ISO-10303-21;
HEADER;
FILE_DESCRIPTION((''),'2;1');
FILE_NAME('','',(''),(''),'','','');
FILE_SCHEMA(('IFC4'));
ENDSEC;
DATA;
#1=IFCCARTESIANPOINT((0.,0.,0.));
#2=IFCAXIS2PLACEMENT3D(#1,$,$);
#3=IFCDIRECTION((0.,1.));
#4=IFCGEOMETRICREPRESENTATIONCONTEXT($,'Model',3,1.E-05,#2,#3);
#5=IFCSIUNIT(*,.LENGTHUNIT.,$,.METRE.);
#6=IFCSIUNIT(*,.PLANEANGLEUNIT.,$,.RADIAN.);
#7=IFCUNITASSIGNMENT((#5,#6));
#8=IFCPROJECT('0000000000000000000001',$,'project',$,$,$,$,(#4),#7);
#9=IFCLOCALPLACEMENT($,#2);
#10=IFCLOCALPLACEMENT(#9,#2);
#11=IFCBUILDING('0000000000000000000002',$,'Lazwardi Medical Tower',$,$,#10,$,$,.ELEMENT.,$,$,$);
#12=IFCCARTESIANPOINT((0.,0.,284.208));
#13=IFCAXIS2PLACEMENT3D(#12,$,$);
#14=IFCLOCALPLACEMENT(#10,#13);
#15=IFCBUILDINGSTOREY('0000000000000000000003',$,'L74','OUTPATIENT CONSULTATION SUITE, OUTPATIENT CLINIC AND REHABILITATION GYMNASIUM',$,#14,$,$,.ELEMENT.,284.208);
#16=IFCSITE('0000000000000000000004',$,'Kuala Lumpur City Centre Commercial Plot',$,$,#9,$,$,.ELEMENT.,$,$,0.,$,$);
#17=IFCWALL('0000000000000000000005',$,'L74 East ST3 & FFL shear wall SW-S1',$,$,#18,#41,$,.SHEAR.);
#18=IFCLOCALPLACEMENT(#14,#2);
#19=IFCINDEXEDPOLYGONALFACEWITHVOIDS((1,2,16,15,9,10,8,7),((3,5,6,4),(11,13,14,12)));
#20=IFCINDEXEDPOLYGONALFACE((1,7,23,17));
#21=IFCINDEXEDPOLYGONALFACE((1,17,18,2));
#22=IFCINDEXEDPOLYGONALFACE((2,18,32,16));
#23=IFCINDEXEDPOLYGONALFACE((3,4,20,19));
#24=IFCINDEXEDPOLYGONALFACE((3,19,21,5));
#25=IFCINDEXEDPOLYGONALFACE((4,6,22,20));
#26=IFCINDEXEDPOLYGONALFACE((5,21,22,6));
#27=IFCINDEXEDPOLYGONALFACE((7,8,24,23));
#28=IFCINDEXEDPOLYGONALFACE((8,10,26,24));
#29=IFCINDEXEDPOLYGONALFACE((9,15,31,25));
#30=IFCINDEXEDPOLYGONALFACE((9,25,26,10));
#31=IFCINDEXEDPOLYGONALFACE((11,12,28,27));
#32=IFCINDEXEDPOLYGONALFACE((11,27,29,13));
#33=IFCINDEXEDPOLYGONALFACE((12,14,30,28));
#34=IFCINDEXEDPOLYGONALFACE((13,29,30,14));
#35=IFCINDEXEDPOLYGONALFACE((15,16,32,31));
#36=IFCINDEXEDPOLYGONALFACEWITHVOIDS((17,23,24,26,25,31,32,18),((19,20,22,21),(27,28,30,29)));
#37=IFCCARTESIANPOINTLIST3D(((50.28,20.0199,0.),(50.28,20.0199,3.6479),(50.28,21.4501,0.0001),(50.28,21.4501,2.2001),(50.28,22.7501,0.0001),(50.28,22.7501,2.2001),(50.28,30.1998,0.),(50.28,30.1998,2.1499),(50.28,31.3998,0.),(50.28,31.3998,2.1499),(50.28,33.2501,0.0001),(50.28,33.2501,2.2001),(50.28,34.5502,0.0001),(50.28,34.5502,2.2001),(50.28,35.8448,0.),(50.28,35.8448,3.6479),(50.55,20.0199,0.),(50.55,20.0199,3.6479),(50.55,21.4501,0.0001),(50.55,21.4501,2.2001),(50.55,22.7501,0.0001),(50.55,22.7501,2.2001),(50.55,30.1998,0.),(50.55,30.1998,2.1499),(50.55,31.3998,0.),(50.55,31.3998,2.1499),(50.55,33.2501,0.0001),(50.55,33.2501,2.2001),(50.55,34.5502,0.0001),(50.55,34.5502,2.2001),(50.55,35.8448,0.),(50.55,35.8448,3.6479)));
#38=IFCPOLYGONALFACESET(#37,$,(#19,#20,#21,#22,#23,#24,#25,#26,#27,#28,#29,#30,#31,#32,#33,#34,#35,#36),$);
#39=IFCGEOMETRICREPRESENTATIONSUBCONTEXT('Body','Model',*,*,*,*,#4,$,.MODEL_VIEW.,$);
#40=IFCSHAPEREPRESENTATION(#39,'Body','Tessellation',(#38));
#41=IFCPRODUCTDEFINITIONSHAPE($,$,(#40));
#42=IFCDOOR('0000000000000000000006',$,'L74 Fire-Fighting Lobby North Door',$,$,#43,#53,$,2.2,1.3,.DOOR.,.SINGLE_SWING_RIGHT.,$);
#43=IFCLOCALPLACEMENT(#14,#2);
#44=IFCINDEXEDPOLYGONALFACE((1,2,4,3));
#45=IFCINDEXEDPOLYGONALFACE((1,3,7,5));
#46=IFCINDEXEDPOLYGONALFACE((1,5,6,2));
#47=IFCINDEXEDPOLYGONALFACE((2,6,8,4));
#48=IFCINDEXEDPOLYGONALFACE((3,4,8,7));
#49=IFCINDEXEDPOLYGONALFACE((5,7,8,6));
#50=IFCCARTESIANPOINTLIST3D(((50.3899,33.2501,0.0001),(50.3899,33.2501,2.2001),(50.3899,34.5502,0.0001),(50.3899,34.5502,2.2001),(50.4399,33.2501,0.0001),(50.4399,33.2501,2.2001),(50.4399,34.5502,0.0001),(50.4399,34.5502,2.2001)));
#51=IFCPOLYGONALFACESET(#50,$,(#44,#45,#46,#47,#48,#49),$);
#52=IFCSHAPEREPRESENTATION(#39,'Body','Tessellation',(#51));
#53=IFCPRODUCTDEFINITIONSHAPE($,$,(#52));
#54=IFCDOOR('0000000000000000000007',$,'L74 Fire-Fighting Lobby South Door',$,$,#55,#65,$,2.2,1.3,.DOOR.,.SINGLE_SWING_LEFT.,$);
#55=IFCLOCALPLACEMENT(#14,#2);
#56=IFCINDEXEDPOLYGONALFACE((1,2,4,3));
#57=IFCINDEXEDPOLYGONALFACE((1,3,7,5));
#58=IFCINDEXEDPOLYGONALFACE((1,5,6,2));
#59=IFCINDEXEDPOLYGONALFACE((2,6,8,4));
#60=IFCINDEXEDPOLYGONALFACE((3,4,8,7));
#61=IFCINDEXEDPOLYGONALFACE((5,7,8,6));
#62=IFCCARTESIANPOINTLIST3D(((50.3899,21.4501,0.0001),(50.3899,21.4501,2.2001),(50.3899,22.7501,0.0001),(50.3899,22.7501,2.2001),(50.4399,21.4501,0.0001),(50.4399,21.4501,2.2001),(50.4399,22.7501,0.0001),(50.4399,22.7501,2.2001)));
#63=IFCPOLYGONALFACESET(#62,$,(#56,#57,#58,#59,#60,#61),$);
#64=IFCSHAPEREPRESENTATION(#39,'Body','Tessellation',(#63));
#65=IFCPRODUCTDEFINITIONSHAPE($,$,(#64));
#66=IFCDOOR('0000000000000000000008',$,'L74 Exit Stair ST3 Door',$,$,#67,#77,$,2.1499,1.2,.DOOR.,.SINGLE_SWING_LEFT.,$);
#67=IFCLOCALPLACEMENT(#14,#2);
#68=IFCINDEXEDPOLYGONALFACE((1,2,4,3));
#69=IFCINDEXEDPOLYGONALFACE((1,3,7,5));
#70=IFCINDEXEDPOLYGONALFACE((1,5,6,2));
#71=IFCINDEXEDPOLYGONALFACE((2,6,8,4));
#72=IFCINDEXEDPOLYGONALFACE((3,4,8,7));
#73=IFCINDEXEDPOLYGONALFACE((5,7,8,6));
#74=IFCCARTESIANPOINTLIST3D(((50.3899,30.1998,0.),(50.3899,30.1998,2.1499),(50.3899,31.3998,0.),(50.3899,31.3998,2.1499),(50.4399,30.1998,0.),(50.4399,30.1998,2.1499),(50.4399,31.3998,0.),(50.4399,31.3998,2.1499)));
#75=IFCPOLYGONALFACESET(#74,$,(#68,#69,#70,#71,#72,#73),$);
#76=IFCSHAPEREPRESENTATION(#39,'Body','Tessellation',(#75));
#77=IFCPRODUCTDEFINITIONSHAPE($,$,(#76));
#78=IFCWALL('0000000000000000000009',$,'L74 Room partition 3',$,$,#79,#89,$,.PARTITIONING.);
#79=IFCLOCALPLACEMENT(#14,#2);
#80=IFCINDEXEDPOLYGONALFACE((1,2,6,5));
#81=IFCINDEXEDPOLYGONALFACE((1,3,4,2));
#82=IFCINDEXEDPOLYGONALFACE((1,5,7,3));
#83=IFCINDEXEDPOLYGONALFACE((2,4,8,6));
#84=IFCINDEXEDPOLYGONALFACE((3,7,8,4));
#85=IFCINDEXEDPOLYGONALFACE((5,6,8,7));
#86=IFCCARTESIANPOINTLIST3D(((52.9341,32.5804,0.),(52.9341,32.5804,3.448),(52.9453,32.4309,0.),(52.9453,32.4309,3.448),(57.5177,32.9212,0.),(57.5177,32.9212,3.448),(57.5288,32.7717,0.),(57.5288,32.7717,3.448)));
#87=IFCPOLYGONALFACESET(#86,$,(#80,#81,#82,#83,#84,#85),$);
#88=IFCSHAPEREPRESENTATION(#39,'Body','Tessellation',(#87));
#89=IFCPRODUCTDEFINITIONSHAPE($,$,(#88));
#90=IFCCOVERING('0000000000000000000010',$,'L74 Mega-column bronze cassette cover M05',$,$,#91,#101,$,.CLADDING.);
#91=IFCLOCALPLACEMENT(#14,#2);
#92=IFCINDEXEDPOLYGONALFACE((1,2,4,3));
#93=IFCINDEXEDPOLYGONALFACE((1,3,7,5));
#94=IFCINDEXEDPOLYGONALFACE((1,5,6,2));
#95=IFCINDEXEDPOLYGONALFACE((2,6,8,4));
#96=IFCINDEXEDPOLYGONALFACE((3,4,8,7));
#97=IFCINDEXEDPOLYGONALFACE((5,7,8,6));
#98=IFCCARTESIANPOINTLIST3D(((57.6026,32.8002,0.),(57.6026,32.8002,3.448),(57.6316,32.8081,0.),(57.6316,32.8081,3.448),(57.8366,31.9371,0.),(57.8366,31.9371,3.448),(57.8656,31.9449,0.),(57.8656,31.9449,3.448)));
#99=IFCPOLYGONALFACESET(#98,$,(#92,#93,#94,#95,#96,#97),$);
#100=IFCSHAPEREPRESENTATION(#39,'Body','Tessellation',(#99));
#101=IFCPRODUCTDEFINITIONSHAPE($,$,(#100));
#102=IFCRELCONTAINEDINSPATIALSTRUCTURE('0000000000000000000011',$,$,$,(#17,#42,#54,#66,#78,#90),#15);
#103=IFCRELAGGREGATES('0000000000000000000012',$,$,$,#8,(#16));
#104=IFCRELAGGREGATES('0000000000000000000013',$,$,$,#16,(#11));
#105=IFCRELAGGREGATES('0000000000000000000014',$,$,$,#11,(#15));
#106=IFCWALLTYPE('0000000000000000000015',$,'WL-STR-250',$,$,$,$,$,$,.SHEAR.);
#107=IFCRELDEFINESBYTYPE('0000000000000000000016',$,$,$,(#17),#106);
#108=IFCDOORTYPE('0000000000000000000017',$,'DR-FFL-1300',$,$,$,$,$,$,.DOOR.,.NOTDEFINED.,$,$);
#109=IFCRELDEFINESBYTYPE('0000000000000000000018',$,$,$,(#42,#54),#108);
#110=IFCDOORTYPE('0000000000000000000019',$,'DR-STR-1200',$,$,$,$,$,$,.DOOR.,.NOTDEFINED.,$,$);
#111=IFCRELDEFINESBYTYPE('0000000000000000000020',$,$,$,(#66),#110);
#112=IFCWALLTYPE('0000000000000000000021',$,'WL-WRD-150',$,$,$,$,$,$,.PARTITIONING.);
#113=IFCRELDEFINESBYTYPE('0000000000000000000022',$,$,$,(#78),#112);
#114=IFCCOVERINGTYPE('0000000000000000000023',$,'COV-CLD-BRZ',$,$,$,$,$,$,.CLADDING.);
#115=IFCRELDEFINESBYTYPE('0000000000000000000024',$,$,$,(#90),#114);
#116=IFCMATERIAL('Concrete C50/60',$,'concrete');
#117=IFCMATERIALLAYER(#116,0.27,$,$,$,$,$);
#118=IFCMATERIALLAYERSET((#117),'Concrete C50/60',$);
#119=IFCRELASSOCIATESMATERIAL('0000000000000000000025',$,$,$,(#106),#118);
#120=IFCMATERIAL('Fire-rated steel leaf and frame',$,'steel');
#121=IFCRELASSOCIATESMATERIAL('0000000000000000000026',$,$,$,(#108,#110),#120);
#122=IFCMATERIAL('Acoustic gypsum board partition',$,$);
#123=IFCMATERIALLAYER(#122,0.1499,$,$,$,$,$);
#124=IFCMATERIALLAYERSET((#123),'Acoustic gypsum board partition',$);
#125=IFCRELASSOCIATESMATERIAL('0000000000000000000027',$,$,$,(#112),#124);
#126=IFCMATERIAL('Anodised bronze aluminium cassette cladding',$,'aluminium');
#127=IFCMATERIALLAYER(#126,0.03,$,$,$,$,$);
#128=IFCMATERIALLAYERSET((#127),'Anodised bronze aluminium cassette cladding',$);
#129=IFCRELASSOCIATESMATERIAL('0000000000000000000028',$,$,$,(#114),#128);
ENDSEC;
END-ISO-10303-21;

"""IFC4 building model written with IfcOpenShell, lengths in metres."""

from ifc_helpers import new_model, si_unit, direction, frame, frame_2d, origin, origin_2d, place, context, subcontext, project, spatial, rectangle, extrude, material, layer, layer_set, type_object, element, fill, save


model = new_model("IFC4")

# Units and contexts
model_context = context("Model", 3, precision=1e-05, world=origin(), true_north=direction((0.0, 1.0)))
body_context = subcontext(model_context, "Body", "Model", "MODEL_VIEW")
ifc_project = project(units=[si_unit("LENGTHUNIT", "METRE"), si_unit("PLANEANGLEUNIT", "RADIAN")], contexts=[model_context])

# Site, building, storey
site_placement = place(None, origin())
site = spatial("IfcSite", under=ifc_project, at=site_placement, Name="Kuala Lumpur City Centre Commercial Plot", CompositionType="ELEMENT", RefElevation=0.0)
building_placement = place(site_placement, origin())
building = spatial("IfcBuilding", under=site, at=building_placement, Name="Lazwardi Medical Tower", CompositionType="ELEMENT")
storey_placement = place(building_placement, frame((0.0, 0.0, 284.208)))
storey = spatial("IfcBuildingStorey", under=building, at=storey_placement, Name="L74", Description="OUTPATIENT CONSULTATION SUITE, OUTPATIENT CLINIC AND REHABILITATION GYMNASIUM", CompositionType="ELEMENT", Elevation=284.208)

# Wall, openings, doors
ifc_material_1 = material(Name="Concrete C50/60", Category="concrete")
ifc_layer_1 = layer(ifc_material_1, 0.27)
ifc_layer_set_1 = layer_set([ifc_layer_1], Name="Concrete C50/60")
wall_type_1 = type_object("IfcWallType", Name="WL-STR-250", PredefinedType="SHEAR", material=ifc_layer_set_1)
wall_1_placement = place(storey_placement, frame((50.415, 35.845, 0.0), z_axis=(0.0, 0.0, 1.0), x_axis=(0.0, -1.0, 0.0)))
wall_1 = element("IfcWall", 1, at=wall_1_placement, inside=storey, type_object=wall_type_1, Name="L74 East ST3 & FFL shear wall SW-S1", PredefinedType="SHEAR", context=body_context, shape_type="SweptSolid", body=[
    extrude(rectangle(XDim=15.825, YDim=0.27, at=frame_2d((7.9126, 0.0))), origin(), (0.0, 0.0, 1.0), 3.6479),
])
opening_1_placement = place(wall_1_placement, frame((4.4451, 0.0, 0.0)))
opening_1 = element("IfcOpeningElement", 2, at=opening_1_placement, cuts=wall_1, PredefinedType="OPENING", context=body_context, shape_type="SweptSolid", body=[
    extrude(rectangle(XDim=1.2, YDim=2.1499, at=frame_2d((0.6001, 1.075))), frame((0.0, 0.145, 0.0), z_axis=(0.0, -1.0, 0.0), x_axis=(1.0, 0.0, 0.0)), (0.0, 0.0, 1.0), 0.29),
])
opening_2_placement = place(wall_1_placement, frame((1.2949, 0.0, 0.0)))
opening_2 = element("IfcOpeningElement", 3, at=opening_2_placement, cuts=wall_1, PredefinedType="OPENING", context=body_context, shape_type="SweptSolid", body=[
    extrude(rectangle(XDim=1.3, YDim=2.2, at=frame_2d((0.6499, 1.1001))), frame((0.0, 0.145, 0.0), z_axis=(0.0, -1.0, 0.0), x_axis=(1.0, 0.0, 0.0)), (0.0, 0.0, 1.0), 0.29),
])
opening_3_placement = place(wall_1_placement, frame((13.095, 0.0, 0.0)))
opening_3 = element("IfcOpeningElement", 4, at=opening_3_placement, cuts=wall_1, PredefinedType="OPENING", context=body_context, shape_type="SweptSolid", body=[
    extrude(rectangle(XDim=1.3, YDim=2.2, at=frame_2d((0.6499, 1.1001))), frame((0.0, 0.145, 0.0), z_axis=(0.0, -1.0, 0.0), x_axis=(1.0, 0.0, 0.0)), (0.0, 0.0, 1.0), 0.29),
])
ifc_material_2 = material(Name="Fire-rated steel leaf and frame", Category="steel")
door_type_1 = type_object("IfcDoorType", Name="DR-FFL-1300", OperationType="NOTDEFINED", PredefinedType="DOOR", material=ifc_material_2)
door_1_placement = place(opening_2_placement, origin())
door_1 = element("IfcDoor", 5, at=door_1_placement, inside=storey, type_object=door_type_1, Name="L74 Fire-Fighting Lobby North Door", OperationType="SINGLE_SWING_RIGHT", OverallHeight=2.2, OverallWidth=1.3, PredefinedType="DOOR", context=body_context, shape_type="SweptSolid", body=[
    extrude(rectangle(XDim=1.3, YDim=2.2, at=frame_2d((0.6499, 1.1001))), frame((0.0, 0.0249, 0.0), z_axis=(0.0, -1.0, 0.0), x_axis=(1.0, 0.0, 0.0)), (0.0, 0.0, 1.0), 0.05),
])
fill(opening_2, door_1)
door_2_placement = place(opening_3_placement, origin())
door_2 = element("IfcDoor", 6, at=door_2_placement, inside=storey, type_object=door_type_1, Name="L74 Fire-Fighting Lobby South Door", OperationType="SINGLE_SWING_LEFT", OverallHeight=2.2, OverallWidth=1.3, PredefinedType="DOOR", context=body_context, shape_type="SweptSolid", body=[
    extrude(rectangle(XDim=1.3, YDim=2.2, at=frame_2d((0.6499, 1.1001))), frame((0.0, 0.0249, 0.0), z_axis=(0.0, -1.0, 0.0), x_axis=(1.0, 0.0, 0.0)), (0.0, 0.0, 1.0), 0.05),
])
fill(opening_3, door_2)
door_type_2 = type_object("IfcDoorType", Name="DR-STR-1200", OperationType="NOTDEFINED", PredefinedType="DOOR", material=ifc_material_2)
door_3_placement = place(opening_1_placement, origin())
door_3 = element("IfcDoor", 7, at=door_3_placement, inside=storey, type_object=door_type_2, Name="L74 Exit Stair ST3 Door", OperationType="SINGLE_SWING_LEFT", OverallHeight=2.1499, OverallWidth=1.2, PredefinedType="DOOR", context=body_context, shape_type="SweptSolid", body=[
    extrude(rectangle(XDim=1.2, YDim=2.1499, at=frame_2d((0.6001, 1.075))), frame((0.0, 0.0249, 0.0), z_axis=(0.0, -1.0, 0.0), x_axis=(1.0, 0.0, 0.0)), (0.0, 0.0, 1.0), 0.05),
])
fill(opening_1, door_3)

# Wall
ifc_material_3 = material(Name="Acoustic gypsum board partition")
ifc_layer_2 = layer(ifc_material_3, 0.1499)
ifc_layer_set_2 = layer_set([ifc_layer_2], Name="Acoustic gypsum board partition")
wall_type_2 = type_object("IfcWallType", Name="WL-WRD-150", PredefinedType="PARTITIONING", material=ifc_layer_set_2)
wall_2_placement = place(storey_placement, frame((52.9397, 32.5056, 0.0), z_axis=(0.0, 0.0, 1.0), x_axis=(0.997247, 0.074153, 0.0)))
element("IfcWall", 8, at=wall_2_placement, inside=storey, type_object=wall_type_2, Name="L74 Room partition 3", PredefinedType="PARTITIONING", context=body_context, shape_type="SweptSolid", body=[
    extrude(rectangle(XDim=4.5962, YDim=0.1499, at=frame_2d((2.2981, 0.0))), origin(), (0.0, 0.0, 1.0), 3.448),
])

# Covering
ifc_material_4 = material(Name="Anodised bronze aluminium cassette cladding", Category="aluminium")
ifc_layer_3 = layer(ifc_material_4, 0.03)
ifc_layer_set_3 = layer_set([ifc_layer_3], Name="Anodised bronze aluminium cassette cladding")
covering_type = type_object("IfcCoveringType", Name="COV-CLD-BRZ", PredefinedType="CLADDING", material=ifc_layer_set_3)
covering_placement = place(storey_placement, frame((57.7341, 32.3726, 0.0), z_axis=(0.0, 0.0, 1.0), x_axis=(-0.261642, 0.965165, 0.0)))
element("IfcCovering", 9, at=covering_placement, inside=storey, type_object=covering_type, Name="L74 Mega-column bronze cassette cover M05", PredefinedType="CLADDING", context=body_context, shape_type="SweptSolid", body=[
    extrude(rectangle(XDim=0.8943, YDim=0.03, at=origin_2d()), origin(), (0.0, 0.0, 1.0), 3.448),
])

save(model, "model.ifc")
